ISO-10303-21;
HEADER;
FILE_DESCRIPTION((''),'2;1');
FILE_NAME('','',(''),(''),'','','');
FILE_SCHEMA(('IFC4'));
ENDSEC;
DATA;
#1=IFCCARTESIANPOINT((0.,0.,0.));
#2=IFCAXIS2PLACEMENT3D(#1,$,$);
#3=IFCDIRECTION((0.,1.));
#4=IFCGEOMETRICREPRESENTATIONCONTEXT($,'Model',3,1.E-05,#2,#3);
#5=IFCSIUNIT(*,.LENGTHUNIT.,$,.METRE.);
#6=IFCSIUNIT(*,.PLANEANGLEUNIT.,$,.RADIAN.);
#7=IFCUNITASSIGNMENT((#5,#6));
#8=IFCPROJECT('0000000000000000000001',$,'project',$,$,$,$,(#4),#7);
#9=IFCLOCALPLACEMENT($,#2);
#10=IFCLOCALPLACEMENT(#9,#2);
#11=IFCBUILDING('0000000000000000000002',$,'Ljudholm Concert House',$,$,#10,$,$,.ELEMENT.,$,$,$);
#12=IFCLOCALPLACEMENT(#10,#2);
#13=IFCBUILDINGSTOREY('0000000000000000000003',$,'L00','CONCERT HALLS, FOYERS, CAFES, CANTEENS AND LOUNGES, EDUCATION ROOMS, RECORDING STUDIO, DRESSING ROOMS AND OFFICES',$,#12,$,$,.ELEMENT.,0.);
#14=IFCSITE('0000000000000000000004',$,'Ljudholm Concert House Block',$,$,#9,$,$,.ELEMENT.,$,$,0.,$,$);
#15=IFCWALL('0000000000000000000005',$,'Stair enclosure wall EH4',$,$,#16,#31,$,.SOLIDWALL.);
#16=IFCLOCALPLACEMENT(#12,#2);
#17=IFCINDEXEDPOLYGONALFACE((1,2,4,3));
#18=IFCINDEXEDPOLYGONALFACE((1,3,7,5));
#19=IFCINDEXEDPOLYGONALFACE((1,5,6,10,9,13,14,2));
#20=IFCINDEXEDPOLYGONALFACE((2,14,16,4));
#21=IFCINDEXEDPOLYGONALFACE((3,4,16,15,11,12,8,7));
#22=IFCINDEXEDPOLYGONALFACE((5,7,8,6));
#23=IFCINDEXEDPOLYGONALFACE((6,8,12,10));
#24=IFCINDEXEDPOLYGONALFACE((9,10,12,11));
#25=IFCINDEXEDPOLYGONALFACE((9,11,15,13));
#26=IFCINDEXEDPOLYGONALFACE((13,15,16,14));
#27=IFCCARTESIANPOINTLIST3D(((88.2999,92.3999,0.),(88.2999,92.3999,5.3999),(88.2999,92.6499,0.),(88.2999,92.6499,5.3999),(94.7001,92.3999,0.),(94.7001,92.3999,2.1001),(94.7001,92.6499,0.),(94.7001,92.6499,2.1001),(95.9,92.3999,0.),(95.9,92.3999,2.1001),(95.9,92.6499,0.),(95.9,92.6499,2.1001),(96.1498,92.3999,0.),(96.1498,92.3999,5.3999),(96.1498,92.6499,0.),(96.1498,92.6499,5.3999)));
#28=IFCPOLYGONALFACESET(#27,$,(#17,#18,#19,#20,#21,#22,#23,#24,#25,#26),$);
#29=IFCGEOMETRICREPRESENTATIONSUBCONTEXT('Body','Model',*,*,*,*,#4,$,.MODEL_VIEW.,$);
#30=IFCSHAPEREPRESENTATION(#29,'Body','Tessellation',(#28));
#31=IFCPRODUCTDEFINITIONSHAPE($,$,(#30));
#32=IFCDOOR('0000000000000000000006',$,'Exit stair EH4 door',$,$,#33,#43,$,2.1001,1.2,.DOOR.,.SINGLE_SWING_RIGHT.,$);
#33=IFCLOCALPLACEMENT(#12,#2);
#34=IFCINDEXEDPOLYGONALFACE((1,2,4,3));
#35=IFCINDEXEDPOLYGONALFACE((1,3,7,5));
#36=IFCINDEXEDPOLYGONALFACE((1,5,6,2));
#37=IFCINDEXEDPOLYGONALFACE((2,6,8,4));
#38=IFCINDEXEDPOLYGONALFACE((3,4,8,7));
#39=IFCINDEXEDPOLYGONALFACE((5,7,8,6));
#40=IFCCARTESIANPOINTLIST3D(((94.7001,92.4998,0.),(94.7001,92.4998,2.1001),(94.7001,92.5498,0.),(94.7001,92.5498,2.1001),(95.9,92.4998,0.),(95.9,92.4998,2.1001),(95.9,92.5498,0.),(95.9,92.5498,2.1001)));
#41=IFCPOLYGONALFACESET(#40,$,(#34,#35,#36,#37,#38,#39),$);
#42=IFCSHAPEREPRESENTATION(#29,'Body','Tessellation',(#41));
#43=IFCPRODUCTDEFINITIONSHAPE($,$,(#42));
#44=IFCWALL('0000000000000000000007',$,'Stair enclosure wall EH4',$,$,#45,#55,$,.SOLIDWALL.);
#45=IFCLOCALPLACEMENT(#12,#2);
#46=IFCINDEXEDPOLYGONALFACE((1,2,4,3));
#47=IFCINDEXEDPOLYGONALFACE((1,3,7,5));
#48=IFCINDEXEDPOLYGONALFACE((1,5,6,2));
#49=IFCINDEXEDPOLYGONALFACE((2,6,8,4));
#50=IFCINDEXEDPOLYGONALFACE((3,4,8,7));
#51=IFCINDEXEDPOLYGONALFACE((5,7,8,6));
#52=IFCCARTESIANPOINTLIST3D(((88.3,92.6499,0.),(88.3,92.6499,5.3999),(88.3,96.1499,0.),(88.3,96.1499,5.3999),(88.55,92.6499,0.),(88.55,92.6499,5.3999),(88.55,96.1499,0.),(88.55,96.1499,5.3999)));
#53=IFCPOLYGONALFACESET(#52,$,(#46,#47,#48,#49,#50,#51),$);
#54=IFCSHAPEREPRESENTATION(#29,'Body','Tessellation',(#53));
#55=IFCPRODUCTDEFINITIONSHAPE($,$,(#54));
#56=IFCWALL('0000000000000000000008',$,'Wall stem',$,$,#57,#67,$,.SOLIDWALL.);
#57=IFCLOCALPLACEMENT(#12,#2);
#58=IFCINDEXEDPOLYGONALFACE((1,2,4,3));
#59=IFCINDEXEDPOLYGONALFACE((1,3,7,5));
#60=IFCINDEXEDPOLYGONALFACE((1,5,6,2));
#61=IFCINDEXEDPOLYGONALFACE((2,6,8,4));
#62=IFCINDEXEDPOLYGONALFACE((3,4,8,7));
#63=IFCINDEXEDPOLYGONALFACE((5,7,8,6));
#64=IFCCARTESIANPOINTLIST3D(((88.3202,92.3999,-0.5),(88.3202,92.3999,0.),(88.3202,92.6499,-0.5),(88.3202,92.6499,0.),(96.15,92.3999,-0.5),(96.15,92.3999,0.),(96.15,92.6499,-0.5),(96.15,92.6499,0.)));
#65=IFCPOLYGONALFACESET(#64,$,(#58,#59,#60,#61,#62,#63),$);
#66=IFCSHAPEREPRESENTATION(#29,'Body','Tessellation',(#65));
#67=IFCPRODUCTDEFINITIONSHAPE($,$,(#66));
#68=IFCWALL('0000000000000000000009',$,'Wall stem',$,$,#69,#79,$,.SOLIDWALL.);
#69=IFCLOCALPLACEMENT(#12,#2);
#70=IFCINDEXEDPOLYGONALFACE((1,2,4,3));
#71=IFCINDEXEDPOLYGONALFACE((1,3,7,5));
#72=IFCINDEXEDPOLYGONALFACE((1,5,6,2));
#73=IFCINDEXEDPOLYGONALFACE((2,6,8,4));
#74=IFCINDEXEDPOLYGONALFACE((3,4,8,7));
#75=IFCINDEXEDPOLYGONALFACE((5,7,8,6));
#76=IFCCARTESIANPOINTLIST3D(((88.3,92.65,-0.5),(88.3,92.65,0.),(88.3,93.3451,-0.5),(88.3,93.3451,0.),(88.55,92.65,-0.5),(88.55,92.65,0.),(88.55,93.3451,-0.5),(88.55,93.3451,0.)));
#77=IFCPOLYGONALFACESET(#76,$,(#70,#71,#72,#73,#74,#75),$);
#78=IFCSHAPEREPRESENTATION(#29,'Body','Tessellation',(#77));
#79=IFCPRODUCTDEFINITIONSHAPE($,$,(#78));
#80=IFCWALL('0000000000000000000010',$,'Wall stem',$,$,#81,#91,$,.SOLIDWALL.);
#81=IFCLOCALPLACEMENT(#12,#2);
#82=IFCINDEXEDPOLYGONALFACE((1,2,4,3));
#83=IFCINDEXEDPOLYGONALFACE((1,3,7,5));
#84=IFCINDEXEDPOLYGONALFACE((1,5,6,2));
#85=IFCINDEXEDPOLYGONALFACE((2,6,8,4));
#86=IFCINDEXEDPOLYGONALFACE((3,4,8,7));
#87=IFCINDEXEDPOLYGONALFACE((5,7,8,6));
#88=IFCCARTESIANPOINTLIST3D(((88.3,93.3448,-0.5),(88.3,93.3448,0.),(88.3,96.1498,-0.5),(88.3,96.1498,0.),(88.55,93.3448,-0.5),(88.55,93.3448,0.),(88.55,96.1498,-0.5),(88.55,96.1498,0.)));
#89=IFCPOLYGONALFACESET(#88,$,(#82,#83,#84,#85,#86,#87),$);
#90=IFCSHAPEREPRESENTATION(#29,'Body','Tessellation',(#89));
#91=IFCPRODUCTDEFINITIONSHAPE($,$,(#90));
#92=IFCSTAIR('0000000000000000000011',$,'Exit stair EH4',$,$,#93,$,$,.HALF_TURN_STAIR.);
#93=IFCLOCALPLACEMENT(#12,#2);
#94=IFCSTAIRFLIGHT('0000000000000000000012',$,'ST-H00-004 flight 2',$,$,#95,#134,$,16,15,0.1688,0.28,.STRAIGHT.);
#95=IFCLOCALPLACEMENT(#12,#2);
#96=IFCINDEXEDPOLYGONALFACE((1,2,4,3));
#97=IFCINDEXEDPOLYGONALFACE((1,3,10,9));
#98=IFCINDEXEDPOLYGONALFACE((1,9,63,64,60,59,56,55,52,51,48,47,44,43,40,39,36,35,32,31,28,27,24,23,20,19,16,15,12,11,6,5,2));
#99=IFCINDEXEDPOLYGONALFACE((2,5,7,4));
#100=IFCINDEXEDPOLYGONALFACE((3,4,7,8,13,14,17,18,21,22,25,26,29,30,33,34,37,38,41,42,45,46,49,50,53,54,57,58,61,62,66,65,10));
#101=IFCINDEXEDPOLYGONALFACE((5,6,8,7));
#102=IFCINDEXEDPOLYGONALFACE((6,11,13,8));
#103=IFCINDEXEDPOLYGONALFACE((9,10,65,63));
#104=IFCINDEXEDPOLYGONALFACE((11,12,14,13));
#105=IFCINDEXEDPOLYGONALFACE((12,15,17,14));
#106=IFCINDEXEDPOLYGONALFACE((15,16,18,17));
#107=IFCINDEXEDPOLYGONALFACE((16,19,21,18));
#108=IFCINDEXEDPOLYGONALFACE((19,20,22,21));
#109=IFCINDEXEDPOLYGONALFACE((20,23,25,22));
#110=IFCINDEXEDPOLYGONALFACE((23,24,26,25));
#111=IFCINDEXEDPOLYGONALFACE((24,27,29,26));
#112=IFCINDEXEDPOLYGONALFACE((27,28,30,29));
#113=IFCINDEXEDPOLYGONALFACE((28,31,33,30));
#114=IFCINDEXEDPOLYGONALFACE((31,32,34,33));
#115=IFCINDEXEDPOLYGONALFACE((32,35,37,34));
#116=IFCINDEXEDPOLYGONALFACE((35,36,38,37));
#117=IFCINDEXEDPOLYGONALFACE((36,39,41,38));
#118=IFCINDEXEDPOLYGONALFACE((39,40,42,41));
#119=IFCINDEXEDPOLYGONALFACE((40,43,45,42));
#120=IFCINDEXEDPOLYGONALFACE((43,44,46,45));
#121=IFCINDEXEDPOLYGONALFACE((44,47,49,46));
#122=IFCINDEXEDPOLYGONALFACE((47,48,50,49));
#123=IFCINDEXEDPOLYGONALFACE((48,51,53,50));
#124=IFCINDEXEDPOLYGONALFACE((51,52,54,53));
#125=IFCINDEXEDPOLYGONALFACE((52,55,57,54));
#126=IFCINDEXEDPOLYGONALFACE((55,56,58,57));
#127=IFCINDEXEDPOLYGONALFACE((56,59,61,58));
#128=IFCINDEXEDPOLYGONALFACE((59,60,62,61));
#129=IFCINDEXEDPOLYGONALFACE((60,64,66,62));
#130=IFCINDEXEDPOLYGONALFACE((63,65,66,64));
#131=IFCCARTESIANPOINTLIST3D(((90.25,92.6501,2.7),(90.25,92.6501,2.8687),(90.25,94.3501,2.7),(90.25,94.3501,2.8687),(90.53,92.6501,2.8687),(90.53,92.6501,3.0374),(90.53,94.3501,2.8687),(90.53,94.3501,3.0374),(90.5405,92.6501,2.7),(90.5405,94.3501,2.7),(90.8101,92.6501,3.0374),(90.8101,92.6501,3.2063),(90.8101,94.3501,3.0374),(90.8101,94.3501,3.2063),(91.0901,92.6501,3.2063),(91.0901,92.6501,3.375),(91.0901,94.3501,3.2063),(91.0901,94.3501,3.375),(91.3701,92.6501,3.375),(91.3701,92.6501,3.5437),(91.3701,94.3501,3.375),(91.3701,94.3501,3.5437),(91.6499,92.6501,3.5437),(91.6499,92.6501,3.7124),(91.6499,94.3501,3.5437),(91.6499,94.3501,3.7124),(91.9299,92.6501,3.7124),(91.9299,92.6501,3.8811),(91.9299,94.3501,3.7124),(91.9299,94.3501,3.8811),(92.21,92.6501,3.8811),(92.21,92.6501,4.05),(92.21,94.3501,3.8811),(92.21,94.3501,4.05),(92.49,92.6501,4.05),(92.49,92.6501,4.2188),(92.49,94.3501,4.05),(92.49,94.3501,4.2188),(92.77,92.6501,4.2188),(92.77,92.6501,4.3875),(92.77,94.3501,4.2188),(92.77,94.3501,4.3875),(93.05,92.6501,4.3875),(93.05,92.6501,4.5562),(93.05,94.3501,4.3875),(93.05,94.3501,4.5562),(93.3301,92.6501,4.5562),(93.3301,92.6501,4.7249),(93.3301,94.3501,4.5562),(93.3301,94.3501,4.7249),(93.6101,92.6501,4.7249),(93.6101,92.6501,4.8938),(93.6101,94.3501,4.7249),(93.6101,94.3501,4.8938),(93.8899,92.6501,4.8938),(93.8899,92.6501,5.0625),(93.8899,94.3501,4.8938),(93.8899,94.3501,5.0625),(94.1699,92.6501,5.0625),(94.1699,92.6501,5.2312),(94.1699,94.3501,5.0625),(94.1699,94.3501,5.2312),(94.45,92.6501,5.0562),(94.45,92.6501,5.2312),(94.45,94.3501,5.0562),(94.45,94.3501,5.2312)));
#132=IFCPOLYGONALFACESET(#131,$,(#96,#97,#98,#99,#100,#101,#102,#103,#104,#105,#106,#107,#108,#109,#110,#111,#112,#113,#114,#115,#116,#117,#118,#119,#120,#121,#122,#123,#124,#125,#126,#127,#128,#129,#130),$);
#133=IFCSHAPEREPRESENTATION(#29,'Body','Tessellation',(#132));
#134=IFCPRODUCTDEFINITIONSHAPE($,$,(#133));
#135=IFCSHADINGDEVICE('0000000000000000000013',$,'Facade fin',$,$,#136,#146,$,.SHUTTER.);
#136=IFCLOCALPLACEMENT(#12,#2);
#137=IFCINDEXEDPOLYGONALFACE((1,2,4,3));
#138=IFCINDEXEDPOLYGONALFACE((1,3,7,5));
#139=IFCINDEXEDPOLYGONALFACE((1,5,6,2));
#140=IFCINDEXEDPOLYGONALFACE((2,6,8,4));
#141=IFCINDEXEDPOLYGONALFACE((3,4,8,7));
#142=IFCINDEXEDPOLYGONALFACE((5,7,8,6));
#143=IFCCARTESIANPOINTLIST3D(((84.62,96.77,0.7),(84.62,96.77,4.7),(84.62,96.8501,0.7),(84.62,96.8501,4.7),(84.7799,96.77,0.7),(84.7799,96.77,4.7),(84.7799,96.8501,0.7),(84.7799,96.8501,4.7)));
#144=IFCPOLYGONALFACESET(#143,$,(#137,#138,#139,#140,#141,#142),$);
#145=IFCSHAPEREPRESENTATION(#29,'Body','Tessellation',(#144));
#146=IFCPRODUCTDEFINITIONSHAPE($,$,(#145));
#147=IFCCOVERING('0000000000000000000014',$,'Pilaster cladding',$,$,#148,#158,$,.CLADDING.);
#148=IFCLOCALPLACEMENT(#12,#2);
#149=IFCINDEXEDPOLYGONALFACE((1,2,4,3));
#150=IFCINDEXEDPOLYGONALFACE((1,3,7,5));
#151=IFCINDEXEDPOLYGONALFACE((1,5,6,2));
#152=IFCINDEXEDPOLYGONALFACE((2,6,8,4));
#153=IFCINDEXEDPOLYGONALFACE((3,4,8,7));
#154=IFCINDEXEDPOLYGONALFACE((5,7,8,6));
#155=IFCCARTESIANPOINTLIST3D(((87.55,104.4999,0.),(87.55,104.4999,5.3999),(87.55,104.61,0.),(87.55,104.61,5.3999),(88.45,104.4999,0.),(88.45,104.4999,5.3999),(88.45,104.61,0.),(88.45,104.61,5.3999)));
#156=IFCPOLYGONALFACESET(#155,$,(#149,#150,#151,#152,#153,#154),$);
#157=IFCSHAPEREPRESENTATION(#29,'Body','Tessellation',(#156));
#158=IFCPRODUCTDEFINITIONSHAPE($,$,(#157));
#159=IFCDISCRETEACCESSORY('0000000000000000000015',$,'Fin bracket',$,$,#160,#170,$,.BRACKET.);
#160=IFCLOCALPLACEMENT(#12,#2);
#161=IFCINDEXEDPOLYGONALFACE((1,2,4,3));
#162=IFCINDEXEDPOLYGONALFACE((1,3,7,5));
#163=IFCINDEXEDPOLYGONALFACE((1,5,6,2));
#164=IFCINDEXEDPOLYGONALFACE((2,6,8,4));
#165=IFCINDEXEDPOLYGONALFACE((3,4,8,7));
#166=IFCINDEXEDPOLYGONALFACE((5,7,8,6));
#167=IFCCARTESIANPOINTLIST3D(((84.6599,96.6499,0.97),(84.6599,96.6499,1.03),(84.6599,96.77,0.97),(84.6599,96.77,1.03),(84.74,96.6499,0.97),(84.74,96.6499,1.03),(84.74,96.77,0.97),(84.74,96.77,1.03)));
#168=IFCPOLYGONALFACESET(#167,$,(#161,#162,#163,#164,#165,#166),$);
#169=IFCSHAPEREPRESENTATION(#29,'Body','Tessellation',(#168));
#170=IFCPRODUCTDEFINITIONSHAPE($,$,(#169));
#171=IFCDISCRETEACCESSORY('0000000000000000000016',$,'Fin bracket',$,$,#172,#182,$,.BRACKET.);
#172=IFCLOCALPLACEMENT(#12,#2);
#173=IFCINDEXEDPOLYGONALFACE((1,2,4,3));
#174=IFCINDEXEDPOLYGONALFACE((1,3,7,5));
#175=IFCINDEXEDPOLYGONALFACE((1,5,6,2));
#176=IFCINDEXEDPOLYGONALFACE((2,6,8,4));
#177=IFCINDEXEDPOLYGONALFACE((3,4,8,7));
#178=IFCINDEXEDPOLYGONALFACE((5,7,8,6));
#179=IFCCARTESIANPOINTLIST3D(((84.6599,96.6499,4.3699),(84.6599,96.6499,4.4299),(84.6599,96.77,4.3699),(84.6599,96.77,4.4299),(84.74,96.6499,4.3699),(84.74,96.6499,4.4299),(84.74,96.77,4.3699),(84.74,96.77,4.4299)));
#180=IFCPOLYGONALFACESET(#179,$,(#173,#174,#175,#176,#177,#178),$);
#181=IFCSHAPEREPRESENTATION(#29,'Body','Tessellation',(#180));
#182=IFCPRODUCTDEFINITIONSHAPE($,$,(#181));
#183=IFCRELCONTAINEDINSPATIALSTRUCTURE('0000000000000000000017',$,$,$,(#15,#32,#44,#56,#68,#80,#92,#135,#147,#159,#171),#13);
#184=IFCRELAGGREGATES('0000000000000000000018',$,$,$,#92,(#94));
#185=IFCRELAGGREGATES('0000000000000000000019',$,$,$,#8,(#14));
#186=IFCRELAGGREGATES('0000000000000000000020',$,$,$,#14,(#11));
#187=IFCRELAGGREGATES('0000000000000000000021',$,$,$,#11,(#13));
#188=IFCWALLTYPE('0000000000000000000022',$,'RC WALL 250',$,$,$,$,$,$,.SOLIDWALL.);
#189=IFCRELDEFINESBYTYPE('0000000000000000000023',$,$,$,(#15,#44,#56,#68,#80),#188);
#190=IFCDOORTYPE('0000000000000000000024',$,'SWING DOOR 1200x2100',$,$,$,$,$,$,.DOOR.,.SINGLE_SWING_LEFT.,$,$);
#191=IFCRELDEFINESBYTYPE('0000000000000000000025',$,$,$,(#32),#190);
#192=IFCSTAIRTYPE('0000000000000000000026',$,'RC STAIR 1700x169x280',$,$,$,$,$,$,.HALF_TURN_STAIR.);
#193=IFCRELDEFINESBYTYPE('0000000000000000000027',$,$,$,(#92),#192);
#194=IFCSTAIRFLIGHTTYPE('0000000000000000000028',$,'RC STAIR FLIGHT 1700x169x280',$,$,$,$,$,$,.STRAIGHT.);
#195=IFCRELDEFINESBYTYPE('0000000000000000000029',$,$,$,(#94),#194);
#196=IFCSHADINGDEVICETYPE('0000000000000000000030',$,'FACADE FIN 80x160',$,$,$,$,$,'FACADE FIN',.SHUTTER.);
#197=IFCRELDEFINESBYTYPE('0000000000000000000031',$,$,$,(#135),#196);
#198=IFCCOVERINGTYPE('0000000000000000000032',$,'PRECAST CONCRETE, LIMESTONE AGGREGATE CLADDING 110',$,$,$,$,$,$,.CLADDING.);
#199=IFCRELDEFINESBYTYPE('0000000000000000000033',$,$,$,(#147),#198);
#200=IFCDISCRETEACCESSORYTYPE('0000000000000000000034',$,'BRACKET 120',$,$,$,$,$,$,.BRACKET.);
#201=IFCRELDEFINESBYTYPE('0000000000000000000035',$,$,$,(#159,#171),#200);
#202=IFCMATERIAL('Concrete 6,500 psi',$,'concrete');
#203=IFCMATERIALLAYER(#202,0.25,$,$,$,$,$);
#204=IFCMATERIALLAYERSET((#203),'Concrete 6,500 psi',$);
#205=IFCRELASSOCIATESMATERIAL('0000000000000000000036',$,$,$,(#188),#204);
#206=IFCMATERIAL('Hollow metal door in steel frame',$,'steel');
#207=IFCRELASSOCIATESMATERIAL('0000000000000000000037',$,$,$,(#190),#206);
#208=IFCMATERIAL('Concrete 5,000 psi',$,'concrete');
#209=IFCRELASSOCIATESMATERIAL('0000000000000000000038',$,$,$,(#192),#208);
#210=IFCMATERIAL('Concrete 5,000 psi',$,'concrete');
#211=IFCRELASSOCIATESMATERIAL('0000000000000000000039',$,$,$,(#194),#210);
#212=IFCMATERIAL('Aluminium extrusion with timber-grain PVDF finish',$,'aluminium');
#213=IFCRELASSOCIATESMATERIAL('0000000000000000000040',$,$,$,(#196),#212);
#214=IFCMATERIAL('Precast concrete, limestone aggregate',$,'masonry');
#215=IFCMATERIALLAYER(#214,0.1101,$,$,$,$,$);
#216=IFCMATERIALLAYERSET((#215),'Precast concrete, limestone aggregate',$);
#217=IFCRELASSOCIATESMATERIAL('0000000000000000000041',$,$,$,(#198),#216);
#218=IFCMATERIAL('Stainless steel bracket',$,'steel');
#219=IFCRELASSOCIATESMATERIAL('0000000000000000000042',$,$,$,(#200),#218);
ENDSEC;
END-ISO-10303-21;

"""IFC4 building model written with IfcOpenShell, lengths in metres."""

from ifc_helpers import new_model, si_unit, direction, frame, frame_2d, origin, origin_2d, place, context, subcontext, project, spatial, polyline, rectangle, outline, extrude, material, layer, layer_set, type_object, element, fill, aggregate, save


model = new_model("IFC4")

# Units and contexts
model_context = context("Model", 3, precision=1e-05, world=origin(), true_north=direction((0.0, 1.0)))
body_context = subcontext(model_context, "Body", "Model", "MODEL_VIEW")
ifc_project = project(units=[si_unit("LENGTHUNIT", "METRE"), si_unit("PLANEANGLEUNIT", "RADIAN")], contexts=[model_context])

# Site, building, storey
site_placement = place(None, origin())
site = spatial("IfcSite", under=ifc_project, at=site_placement, Name="Ljudholm Concert House Block", CompositionType="ELEMENT", RefElevation=0.0)
building_placement = place(site_placement, origin())
building = spatial("IfcBuilding", under=site, at=building_placement, Name="Ljudholm Concert House", CompositionType="ELEMENT")
storey_placement = place(building_placement, origin())
storey = spatial("IfcBuildingStorey", under=building, at=storey_placement, Name="L00", Description="CONCERT HALLS, FOYERS, CAFES, CANTEENS AND LOUNGES, EDUCATION ROOMS, RECORDING STUDIO, DRESSING ROOMS AND OFFICES", CompositionType="ELEMENT", Elevation=0.0)

# Wall, opening, door
ifc_material_1 = material(Name="Concrete 6,500 psi", Category="concrete")
ifc_layer_1 = layer(ifc_material_1, 0.25)
ifc_layer_set_1 = layer_set([ifc_layer_1], Name="Concrete 6,500 psi")
wall_type_1 = type_object("IfcWallType", Name="RC WALL 250", PredefinedType="SOLIDWALL", material=ifc_layer_set_1)
wall_1_placement = place(storey_placement, frame((88.3, 92.5249, 0.0), z_axis=(0.0, 0.0, 1.0), x_axis=(1.0, 0.0, 0.0)))
wall_1 = element("IfcWall", 1, at=wall_1_placement, inside=storey, type_object=wall_type_1, Name="Stair enclosure wall EH4", PredefinedType="SOLIDWALL", context=body_context, shape_type="SweptSolid", body=[
    extrude(rectangle(XDim=7.8499, YDim=0.25, at=frame_2d((3.9248, 0.0))), origin(), (0.0, 0.0, 1.0), 5.3999),
])
opening_1_placement = place(wall_1_placement, frame((6.3999, 0.0, 0.0)))
opening_1 = element("IfcOpeningElement", 2, at=opening_1_placement, cuts=wall_1, PredefinedType="OPENING", context=body_context, shape_type="SweptSolid", body=[
    extrude(rectangle(XDim=1.2, YDim=2.1001, at=frame_2d((0.6001, 1.05))), frame((0.0, 0.135, 0.0), z_axis=(0.0, -1.0, 0.0), x_axis=(1.0, 0.0, 0.0)), (0.0, 0.0, 1.0), 0.27),
])
ifc_material_2 = material(Name="Hollow metal door in steel frame", Category="steel")
door_type = type_object("IfcDoorType", Name="SWING DOOR 1200x2100", OperationType="SINGLE_SWING_LEFT", PredefinedType="DOOR", material=ifc_material_2)
door_placement = place(opening_1_placement, origin())
door = element("IfcDoor", 3, at=door_placement, inside=storey, type_object=door_type, Name="Exit stair EH4 door", OperationType="SINGLE_SWING_RIGHT", OverallHeight=2.1001, OverallWidth=1.2, PredefinedType="DOOR", context=body_context, shape_type="SweptSolid", body=[
    extrude(rectangle(XDim=1.2, YDim=2.1001, at=frame_2d((0.6001, 1.05))), frame((0.0, 0.0249, 0.0), z_axis=(0.0, -1.0, 0.0), x_axis=(1.0, 0.0, 0.0)), (0.0, 0.0, 1.0), 0.05),
])
fill(opening_1, door)

# Walls
wall_2_placement = place(storey_placement, frame((88.425, 92.6499, 0.0), z_axis=(0.0, 0.0, 1.0), x_axis=(0.0, 1.0, 0.0)))
element("IfcWall", 4, at=wall_2_placement, inside=storey, type_object=wall_type_1, Name="Stair enclosure wall EH4", PredefinedType="SOLIDWALL", context=body_context, shape_type="SweptSolid", body=[
    extrude(rectangle(XDim=3.5, YDim=0.25, at=frame_2d((1.75, 0.0))), origin(), (0.0, 0.0, 1.0), 5.3999),
])
wall_3_placement = place(storey_placement, frame((88.3201, 92.5249, -0.5), z_axis=(0.0, 0.0, 1.0), x_axis=(1.0, 0.0, 0.0)))
element("IfcWall", 5, at=wall_3_placement, inside=storey, type_object=wall_type_1, Name="Wall stem", PredefinedType="SOLIDWALL", context=body_context, shape_type="SweptSolid", body=[
    extrude(rectangle(XDim=7.8298, YDim=0.25, at=frame_2d((3.915, 0.0))), origin(), (0.0, 0.0, 1.0), 0.5),
])
wall_4_placement = place(storey_placement, frame((88.425, 92.6499, -0.5), z_axis=(0.0, 0.0, 1.0), x_axis=(0.0, 1.0, 0.0)))
element("IfcWall", 6, at=wall_4_placement, inside=storey, type_object=wall_type_1, Name="Wall stem", PredefinedType="SOLIDWALL", context=body_context, shape_type="SweptSolid", body=[
    extrude(rectangle(XDim=0.6951, YDim=0.25, at=frame_2d((0.3477, 0.0))), origin(), (0.0, 0.0, 1.0), 0.5),
])
wall_5_placement = place(storey_placement, frame((88.425, 93.345, -0.5), z_axis=(0.0, 0.0, 1.0), x_axis=(0.0, 1.0, 0.0)))
element("IfcWall", 7, at=wall_5_placement, inside=storey, type_object=wall_type_1, Name="Wall stem", PredefinedType="SOLIDWALL", context=body_context, shape_type="SweptSolid", body=[
    extrude(rectangle(XDim=2.8049, YDim=0.25, at=frame_2d((1.4023, 0.0))), origin(), (0.0, 0.0, 1.0), 0.5),
])

# Stair, stair flight
ifc_material_3 = material(Name="Concrete 5,000 psi", Category="concrete")
stair_type = type_object("IfcStairType", Name="RC STAIR 1700x169x280", PredefinedType="HALF_TURN_STAIR", material=ifc_material_3)
stair_placement = place(storey_placement, origin())
stair = element("IfcStair", 8, at=stair_placement, inside=storey, type_object=stair_type, Name="Exit stair EH4", PredefinedType="HALF_TURN_STAIR")
ifc_material_4 = material(Name="Concrete 5,000 psi", Category="concrete")
stair_flight_type = type_object("IfcStairFlightType", Name="RC STAIR FLIGHT 1700x169x280", PredefinedType="STRAIGHT", material=ifc_material_4)
stair_flight_placement = place(storey_placement, frame((90.25, 93.5, 2.7), z_axis=(0.0, 0.0, 1.0), x_axis=(1.0, 0.0, 0.0)))
stair_flight = element("IfcStairFlight", 9, at=stair_flight_placement, type_object=stair_flight_type, Name="ST-H00-004 flight 2", NumberOfRisers=16, NumberOfTreads=15, PredefinedType="STRAIGHT", RiserHeight=0.1688, TreadLength=0.28, context=body_context, shape_type="SweptSolid", body=[
    extrude(outline(polyline([(0.0, 0.0), (0.0, 0.1687), (0.28, 0.1687), (0.28, 0.3374), (0.5601, 0.3374), (0.5601, 0.5063), (0.8401, 0.5063), (0.8401, 0.675), (1.1201, 0.675), (1.1201, 0.8438), (1.3999, 0.8438), (1.3999, 1.0125), (1.6799, 1.0125), (1.6799, 1.1812), (1.96, 1.1812), (1.96, 1.3501), (2.24, 1.3501), (2.24, 1.5188), (2.52, 1.5188), (2.52, 1.6875), (2.8, 1.6875), (2.8, 1.8562), (3.0801, 1.8562), (3.0801, 2.0249), (3.3601, 2.0249), (3.3601, 2.1938), (3.6399, 2.1938), (3.6399, 2.3625), (3.9199, 2.3625), (3.9199, 2.5312), (4.2, 2.5312), (4.2, 2.7), (4.2, 2.3562), (0.2905, 0.0), (0.0, 0.0)])), frame((0.0, 0.8501, 0.0), z_axis=(0.0, -1.0, 0.0), x_axis=(1.0, 0.0, 0.0)), (0.0, 0.0, 1.0), 1.7),
])
aggregate(stair, [stair_flight])

# Shading device
ifc_material_5 = material(Name="Aluminium extrusion with timber-grain PVDF finish", Category="aluminium")
shading_device_type = type_object("IfcShadingDeviceType", Name="FACADE FIN 80x160", ElementType="FACADE FIN", PredefinedType="SHUTTER", material=ifc_material_5)
shading_device_placement = place(storey_placement, frame((84.7, 96.8101, 0.7), z_axis=(0.0, 0.0, 1.0), x_axis=(0.0, 1.0, 0.0)))
element("IfcShadingDevice", 10, at=shading_device_placement, inside=storey, type_object=shading_device_type, Name="Facade fin", PredefinedType="SHUTTER", context=body_context, shape_type="SweptSolid", body=[
    extrude(rectangle(XDim=0.0801, YDim=0.1599, at=origin_2d()), origin(), (0.0, 0.0, 1.0), 4.0),
])

# Covering
ifc_material_6 = material(Name="Precast concrete, limestone aggregate", Category="masonry")
ifc_layer_2 = layer(ifc_material_6, 0.1101)
ifc_layer_set_2 = layer_set([ifc_layer_2], Name="Precast concrete, limestone aggregate")
covering_type = type_object("IfcCoveringType", Name="PRECAST CONCRETE, LIMESTONE AGGREGATE CLADDING 110", PredefinedType="CLADDING", material=ifc_layer_set_2)
covering_placement = place(storey_placement, frame((88.0, 104.5549, 0.0), z_axis=(0.0, 0.0, 1.0), x_axis=(0.0, -1.0, 0.0)))
element("IfcCovering", 11, at=covering_placement, inside=storey, type_object=covering_type, Name="Pilaster cladding", PredefinedType="CLADDING", context=body_context, shape_type="SweptSolid", body=[
    extrude(rectangle(XDim=0.1101, YDim=0.8999, at=origin_2d()), origin(), (0.0, 0.0, 1.0), 5.3999),
])

# Discrete accessories
ifc_material_7 = material(Name="Stainless steel bracket", Category="steel")
discrete_accessory_type = type_object("IfcDiscreteAccessoryType", Name="BRACKET 120", PredefinedType="BRACKET", material=ifc_material_7)
for number, where, z_axis, x_axis, name in (
    (12, (84.7, 96.71, 0.97), (0.0, 0.0, 1.0), (0.0, 1.0, 0.0), "Fin bracket"),
    (13, (84.7, 96.71, 4.3699), (0.0, 0.0, 1.0), (0.0, 1.0, 0.0), "Fin bracket"),
):
    element("IfcDiscreteAccessory", number, at=place(storey_placement, frame(where, z_axis=z_axis, x_axis=x_axis)), inside=storey, type_object=discrete_accessory_type, Name=name, PredefinedType="BRACKET", context=body_context, shape_type="SweptSolid", body=[
        extrude(rectangle(XDim=0.1201, YDim=0.0801, at=origin_2d()), origin(), (0.0, 0.0, 1.0), 0.0601),
    ])

save(model, "model.ifc")
